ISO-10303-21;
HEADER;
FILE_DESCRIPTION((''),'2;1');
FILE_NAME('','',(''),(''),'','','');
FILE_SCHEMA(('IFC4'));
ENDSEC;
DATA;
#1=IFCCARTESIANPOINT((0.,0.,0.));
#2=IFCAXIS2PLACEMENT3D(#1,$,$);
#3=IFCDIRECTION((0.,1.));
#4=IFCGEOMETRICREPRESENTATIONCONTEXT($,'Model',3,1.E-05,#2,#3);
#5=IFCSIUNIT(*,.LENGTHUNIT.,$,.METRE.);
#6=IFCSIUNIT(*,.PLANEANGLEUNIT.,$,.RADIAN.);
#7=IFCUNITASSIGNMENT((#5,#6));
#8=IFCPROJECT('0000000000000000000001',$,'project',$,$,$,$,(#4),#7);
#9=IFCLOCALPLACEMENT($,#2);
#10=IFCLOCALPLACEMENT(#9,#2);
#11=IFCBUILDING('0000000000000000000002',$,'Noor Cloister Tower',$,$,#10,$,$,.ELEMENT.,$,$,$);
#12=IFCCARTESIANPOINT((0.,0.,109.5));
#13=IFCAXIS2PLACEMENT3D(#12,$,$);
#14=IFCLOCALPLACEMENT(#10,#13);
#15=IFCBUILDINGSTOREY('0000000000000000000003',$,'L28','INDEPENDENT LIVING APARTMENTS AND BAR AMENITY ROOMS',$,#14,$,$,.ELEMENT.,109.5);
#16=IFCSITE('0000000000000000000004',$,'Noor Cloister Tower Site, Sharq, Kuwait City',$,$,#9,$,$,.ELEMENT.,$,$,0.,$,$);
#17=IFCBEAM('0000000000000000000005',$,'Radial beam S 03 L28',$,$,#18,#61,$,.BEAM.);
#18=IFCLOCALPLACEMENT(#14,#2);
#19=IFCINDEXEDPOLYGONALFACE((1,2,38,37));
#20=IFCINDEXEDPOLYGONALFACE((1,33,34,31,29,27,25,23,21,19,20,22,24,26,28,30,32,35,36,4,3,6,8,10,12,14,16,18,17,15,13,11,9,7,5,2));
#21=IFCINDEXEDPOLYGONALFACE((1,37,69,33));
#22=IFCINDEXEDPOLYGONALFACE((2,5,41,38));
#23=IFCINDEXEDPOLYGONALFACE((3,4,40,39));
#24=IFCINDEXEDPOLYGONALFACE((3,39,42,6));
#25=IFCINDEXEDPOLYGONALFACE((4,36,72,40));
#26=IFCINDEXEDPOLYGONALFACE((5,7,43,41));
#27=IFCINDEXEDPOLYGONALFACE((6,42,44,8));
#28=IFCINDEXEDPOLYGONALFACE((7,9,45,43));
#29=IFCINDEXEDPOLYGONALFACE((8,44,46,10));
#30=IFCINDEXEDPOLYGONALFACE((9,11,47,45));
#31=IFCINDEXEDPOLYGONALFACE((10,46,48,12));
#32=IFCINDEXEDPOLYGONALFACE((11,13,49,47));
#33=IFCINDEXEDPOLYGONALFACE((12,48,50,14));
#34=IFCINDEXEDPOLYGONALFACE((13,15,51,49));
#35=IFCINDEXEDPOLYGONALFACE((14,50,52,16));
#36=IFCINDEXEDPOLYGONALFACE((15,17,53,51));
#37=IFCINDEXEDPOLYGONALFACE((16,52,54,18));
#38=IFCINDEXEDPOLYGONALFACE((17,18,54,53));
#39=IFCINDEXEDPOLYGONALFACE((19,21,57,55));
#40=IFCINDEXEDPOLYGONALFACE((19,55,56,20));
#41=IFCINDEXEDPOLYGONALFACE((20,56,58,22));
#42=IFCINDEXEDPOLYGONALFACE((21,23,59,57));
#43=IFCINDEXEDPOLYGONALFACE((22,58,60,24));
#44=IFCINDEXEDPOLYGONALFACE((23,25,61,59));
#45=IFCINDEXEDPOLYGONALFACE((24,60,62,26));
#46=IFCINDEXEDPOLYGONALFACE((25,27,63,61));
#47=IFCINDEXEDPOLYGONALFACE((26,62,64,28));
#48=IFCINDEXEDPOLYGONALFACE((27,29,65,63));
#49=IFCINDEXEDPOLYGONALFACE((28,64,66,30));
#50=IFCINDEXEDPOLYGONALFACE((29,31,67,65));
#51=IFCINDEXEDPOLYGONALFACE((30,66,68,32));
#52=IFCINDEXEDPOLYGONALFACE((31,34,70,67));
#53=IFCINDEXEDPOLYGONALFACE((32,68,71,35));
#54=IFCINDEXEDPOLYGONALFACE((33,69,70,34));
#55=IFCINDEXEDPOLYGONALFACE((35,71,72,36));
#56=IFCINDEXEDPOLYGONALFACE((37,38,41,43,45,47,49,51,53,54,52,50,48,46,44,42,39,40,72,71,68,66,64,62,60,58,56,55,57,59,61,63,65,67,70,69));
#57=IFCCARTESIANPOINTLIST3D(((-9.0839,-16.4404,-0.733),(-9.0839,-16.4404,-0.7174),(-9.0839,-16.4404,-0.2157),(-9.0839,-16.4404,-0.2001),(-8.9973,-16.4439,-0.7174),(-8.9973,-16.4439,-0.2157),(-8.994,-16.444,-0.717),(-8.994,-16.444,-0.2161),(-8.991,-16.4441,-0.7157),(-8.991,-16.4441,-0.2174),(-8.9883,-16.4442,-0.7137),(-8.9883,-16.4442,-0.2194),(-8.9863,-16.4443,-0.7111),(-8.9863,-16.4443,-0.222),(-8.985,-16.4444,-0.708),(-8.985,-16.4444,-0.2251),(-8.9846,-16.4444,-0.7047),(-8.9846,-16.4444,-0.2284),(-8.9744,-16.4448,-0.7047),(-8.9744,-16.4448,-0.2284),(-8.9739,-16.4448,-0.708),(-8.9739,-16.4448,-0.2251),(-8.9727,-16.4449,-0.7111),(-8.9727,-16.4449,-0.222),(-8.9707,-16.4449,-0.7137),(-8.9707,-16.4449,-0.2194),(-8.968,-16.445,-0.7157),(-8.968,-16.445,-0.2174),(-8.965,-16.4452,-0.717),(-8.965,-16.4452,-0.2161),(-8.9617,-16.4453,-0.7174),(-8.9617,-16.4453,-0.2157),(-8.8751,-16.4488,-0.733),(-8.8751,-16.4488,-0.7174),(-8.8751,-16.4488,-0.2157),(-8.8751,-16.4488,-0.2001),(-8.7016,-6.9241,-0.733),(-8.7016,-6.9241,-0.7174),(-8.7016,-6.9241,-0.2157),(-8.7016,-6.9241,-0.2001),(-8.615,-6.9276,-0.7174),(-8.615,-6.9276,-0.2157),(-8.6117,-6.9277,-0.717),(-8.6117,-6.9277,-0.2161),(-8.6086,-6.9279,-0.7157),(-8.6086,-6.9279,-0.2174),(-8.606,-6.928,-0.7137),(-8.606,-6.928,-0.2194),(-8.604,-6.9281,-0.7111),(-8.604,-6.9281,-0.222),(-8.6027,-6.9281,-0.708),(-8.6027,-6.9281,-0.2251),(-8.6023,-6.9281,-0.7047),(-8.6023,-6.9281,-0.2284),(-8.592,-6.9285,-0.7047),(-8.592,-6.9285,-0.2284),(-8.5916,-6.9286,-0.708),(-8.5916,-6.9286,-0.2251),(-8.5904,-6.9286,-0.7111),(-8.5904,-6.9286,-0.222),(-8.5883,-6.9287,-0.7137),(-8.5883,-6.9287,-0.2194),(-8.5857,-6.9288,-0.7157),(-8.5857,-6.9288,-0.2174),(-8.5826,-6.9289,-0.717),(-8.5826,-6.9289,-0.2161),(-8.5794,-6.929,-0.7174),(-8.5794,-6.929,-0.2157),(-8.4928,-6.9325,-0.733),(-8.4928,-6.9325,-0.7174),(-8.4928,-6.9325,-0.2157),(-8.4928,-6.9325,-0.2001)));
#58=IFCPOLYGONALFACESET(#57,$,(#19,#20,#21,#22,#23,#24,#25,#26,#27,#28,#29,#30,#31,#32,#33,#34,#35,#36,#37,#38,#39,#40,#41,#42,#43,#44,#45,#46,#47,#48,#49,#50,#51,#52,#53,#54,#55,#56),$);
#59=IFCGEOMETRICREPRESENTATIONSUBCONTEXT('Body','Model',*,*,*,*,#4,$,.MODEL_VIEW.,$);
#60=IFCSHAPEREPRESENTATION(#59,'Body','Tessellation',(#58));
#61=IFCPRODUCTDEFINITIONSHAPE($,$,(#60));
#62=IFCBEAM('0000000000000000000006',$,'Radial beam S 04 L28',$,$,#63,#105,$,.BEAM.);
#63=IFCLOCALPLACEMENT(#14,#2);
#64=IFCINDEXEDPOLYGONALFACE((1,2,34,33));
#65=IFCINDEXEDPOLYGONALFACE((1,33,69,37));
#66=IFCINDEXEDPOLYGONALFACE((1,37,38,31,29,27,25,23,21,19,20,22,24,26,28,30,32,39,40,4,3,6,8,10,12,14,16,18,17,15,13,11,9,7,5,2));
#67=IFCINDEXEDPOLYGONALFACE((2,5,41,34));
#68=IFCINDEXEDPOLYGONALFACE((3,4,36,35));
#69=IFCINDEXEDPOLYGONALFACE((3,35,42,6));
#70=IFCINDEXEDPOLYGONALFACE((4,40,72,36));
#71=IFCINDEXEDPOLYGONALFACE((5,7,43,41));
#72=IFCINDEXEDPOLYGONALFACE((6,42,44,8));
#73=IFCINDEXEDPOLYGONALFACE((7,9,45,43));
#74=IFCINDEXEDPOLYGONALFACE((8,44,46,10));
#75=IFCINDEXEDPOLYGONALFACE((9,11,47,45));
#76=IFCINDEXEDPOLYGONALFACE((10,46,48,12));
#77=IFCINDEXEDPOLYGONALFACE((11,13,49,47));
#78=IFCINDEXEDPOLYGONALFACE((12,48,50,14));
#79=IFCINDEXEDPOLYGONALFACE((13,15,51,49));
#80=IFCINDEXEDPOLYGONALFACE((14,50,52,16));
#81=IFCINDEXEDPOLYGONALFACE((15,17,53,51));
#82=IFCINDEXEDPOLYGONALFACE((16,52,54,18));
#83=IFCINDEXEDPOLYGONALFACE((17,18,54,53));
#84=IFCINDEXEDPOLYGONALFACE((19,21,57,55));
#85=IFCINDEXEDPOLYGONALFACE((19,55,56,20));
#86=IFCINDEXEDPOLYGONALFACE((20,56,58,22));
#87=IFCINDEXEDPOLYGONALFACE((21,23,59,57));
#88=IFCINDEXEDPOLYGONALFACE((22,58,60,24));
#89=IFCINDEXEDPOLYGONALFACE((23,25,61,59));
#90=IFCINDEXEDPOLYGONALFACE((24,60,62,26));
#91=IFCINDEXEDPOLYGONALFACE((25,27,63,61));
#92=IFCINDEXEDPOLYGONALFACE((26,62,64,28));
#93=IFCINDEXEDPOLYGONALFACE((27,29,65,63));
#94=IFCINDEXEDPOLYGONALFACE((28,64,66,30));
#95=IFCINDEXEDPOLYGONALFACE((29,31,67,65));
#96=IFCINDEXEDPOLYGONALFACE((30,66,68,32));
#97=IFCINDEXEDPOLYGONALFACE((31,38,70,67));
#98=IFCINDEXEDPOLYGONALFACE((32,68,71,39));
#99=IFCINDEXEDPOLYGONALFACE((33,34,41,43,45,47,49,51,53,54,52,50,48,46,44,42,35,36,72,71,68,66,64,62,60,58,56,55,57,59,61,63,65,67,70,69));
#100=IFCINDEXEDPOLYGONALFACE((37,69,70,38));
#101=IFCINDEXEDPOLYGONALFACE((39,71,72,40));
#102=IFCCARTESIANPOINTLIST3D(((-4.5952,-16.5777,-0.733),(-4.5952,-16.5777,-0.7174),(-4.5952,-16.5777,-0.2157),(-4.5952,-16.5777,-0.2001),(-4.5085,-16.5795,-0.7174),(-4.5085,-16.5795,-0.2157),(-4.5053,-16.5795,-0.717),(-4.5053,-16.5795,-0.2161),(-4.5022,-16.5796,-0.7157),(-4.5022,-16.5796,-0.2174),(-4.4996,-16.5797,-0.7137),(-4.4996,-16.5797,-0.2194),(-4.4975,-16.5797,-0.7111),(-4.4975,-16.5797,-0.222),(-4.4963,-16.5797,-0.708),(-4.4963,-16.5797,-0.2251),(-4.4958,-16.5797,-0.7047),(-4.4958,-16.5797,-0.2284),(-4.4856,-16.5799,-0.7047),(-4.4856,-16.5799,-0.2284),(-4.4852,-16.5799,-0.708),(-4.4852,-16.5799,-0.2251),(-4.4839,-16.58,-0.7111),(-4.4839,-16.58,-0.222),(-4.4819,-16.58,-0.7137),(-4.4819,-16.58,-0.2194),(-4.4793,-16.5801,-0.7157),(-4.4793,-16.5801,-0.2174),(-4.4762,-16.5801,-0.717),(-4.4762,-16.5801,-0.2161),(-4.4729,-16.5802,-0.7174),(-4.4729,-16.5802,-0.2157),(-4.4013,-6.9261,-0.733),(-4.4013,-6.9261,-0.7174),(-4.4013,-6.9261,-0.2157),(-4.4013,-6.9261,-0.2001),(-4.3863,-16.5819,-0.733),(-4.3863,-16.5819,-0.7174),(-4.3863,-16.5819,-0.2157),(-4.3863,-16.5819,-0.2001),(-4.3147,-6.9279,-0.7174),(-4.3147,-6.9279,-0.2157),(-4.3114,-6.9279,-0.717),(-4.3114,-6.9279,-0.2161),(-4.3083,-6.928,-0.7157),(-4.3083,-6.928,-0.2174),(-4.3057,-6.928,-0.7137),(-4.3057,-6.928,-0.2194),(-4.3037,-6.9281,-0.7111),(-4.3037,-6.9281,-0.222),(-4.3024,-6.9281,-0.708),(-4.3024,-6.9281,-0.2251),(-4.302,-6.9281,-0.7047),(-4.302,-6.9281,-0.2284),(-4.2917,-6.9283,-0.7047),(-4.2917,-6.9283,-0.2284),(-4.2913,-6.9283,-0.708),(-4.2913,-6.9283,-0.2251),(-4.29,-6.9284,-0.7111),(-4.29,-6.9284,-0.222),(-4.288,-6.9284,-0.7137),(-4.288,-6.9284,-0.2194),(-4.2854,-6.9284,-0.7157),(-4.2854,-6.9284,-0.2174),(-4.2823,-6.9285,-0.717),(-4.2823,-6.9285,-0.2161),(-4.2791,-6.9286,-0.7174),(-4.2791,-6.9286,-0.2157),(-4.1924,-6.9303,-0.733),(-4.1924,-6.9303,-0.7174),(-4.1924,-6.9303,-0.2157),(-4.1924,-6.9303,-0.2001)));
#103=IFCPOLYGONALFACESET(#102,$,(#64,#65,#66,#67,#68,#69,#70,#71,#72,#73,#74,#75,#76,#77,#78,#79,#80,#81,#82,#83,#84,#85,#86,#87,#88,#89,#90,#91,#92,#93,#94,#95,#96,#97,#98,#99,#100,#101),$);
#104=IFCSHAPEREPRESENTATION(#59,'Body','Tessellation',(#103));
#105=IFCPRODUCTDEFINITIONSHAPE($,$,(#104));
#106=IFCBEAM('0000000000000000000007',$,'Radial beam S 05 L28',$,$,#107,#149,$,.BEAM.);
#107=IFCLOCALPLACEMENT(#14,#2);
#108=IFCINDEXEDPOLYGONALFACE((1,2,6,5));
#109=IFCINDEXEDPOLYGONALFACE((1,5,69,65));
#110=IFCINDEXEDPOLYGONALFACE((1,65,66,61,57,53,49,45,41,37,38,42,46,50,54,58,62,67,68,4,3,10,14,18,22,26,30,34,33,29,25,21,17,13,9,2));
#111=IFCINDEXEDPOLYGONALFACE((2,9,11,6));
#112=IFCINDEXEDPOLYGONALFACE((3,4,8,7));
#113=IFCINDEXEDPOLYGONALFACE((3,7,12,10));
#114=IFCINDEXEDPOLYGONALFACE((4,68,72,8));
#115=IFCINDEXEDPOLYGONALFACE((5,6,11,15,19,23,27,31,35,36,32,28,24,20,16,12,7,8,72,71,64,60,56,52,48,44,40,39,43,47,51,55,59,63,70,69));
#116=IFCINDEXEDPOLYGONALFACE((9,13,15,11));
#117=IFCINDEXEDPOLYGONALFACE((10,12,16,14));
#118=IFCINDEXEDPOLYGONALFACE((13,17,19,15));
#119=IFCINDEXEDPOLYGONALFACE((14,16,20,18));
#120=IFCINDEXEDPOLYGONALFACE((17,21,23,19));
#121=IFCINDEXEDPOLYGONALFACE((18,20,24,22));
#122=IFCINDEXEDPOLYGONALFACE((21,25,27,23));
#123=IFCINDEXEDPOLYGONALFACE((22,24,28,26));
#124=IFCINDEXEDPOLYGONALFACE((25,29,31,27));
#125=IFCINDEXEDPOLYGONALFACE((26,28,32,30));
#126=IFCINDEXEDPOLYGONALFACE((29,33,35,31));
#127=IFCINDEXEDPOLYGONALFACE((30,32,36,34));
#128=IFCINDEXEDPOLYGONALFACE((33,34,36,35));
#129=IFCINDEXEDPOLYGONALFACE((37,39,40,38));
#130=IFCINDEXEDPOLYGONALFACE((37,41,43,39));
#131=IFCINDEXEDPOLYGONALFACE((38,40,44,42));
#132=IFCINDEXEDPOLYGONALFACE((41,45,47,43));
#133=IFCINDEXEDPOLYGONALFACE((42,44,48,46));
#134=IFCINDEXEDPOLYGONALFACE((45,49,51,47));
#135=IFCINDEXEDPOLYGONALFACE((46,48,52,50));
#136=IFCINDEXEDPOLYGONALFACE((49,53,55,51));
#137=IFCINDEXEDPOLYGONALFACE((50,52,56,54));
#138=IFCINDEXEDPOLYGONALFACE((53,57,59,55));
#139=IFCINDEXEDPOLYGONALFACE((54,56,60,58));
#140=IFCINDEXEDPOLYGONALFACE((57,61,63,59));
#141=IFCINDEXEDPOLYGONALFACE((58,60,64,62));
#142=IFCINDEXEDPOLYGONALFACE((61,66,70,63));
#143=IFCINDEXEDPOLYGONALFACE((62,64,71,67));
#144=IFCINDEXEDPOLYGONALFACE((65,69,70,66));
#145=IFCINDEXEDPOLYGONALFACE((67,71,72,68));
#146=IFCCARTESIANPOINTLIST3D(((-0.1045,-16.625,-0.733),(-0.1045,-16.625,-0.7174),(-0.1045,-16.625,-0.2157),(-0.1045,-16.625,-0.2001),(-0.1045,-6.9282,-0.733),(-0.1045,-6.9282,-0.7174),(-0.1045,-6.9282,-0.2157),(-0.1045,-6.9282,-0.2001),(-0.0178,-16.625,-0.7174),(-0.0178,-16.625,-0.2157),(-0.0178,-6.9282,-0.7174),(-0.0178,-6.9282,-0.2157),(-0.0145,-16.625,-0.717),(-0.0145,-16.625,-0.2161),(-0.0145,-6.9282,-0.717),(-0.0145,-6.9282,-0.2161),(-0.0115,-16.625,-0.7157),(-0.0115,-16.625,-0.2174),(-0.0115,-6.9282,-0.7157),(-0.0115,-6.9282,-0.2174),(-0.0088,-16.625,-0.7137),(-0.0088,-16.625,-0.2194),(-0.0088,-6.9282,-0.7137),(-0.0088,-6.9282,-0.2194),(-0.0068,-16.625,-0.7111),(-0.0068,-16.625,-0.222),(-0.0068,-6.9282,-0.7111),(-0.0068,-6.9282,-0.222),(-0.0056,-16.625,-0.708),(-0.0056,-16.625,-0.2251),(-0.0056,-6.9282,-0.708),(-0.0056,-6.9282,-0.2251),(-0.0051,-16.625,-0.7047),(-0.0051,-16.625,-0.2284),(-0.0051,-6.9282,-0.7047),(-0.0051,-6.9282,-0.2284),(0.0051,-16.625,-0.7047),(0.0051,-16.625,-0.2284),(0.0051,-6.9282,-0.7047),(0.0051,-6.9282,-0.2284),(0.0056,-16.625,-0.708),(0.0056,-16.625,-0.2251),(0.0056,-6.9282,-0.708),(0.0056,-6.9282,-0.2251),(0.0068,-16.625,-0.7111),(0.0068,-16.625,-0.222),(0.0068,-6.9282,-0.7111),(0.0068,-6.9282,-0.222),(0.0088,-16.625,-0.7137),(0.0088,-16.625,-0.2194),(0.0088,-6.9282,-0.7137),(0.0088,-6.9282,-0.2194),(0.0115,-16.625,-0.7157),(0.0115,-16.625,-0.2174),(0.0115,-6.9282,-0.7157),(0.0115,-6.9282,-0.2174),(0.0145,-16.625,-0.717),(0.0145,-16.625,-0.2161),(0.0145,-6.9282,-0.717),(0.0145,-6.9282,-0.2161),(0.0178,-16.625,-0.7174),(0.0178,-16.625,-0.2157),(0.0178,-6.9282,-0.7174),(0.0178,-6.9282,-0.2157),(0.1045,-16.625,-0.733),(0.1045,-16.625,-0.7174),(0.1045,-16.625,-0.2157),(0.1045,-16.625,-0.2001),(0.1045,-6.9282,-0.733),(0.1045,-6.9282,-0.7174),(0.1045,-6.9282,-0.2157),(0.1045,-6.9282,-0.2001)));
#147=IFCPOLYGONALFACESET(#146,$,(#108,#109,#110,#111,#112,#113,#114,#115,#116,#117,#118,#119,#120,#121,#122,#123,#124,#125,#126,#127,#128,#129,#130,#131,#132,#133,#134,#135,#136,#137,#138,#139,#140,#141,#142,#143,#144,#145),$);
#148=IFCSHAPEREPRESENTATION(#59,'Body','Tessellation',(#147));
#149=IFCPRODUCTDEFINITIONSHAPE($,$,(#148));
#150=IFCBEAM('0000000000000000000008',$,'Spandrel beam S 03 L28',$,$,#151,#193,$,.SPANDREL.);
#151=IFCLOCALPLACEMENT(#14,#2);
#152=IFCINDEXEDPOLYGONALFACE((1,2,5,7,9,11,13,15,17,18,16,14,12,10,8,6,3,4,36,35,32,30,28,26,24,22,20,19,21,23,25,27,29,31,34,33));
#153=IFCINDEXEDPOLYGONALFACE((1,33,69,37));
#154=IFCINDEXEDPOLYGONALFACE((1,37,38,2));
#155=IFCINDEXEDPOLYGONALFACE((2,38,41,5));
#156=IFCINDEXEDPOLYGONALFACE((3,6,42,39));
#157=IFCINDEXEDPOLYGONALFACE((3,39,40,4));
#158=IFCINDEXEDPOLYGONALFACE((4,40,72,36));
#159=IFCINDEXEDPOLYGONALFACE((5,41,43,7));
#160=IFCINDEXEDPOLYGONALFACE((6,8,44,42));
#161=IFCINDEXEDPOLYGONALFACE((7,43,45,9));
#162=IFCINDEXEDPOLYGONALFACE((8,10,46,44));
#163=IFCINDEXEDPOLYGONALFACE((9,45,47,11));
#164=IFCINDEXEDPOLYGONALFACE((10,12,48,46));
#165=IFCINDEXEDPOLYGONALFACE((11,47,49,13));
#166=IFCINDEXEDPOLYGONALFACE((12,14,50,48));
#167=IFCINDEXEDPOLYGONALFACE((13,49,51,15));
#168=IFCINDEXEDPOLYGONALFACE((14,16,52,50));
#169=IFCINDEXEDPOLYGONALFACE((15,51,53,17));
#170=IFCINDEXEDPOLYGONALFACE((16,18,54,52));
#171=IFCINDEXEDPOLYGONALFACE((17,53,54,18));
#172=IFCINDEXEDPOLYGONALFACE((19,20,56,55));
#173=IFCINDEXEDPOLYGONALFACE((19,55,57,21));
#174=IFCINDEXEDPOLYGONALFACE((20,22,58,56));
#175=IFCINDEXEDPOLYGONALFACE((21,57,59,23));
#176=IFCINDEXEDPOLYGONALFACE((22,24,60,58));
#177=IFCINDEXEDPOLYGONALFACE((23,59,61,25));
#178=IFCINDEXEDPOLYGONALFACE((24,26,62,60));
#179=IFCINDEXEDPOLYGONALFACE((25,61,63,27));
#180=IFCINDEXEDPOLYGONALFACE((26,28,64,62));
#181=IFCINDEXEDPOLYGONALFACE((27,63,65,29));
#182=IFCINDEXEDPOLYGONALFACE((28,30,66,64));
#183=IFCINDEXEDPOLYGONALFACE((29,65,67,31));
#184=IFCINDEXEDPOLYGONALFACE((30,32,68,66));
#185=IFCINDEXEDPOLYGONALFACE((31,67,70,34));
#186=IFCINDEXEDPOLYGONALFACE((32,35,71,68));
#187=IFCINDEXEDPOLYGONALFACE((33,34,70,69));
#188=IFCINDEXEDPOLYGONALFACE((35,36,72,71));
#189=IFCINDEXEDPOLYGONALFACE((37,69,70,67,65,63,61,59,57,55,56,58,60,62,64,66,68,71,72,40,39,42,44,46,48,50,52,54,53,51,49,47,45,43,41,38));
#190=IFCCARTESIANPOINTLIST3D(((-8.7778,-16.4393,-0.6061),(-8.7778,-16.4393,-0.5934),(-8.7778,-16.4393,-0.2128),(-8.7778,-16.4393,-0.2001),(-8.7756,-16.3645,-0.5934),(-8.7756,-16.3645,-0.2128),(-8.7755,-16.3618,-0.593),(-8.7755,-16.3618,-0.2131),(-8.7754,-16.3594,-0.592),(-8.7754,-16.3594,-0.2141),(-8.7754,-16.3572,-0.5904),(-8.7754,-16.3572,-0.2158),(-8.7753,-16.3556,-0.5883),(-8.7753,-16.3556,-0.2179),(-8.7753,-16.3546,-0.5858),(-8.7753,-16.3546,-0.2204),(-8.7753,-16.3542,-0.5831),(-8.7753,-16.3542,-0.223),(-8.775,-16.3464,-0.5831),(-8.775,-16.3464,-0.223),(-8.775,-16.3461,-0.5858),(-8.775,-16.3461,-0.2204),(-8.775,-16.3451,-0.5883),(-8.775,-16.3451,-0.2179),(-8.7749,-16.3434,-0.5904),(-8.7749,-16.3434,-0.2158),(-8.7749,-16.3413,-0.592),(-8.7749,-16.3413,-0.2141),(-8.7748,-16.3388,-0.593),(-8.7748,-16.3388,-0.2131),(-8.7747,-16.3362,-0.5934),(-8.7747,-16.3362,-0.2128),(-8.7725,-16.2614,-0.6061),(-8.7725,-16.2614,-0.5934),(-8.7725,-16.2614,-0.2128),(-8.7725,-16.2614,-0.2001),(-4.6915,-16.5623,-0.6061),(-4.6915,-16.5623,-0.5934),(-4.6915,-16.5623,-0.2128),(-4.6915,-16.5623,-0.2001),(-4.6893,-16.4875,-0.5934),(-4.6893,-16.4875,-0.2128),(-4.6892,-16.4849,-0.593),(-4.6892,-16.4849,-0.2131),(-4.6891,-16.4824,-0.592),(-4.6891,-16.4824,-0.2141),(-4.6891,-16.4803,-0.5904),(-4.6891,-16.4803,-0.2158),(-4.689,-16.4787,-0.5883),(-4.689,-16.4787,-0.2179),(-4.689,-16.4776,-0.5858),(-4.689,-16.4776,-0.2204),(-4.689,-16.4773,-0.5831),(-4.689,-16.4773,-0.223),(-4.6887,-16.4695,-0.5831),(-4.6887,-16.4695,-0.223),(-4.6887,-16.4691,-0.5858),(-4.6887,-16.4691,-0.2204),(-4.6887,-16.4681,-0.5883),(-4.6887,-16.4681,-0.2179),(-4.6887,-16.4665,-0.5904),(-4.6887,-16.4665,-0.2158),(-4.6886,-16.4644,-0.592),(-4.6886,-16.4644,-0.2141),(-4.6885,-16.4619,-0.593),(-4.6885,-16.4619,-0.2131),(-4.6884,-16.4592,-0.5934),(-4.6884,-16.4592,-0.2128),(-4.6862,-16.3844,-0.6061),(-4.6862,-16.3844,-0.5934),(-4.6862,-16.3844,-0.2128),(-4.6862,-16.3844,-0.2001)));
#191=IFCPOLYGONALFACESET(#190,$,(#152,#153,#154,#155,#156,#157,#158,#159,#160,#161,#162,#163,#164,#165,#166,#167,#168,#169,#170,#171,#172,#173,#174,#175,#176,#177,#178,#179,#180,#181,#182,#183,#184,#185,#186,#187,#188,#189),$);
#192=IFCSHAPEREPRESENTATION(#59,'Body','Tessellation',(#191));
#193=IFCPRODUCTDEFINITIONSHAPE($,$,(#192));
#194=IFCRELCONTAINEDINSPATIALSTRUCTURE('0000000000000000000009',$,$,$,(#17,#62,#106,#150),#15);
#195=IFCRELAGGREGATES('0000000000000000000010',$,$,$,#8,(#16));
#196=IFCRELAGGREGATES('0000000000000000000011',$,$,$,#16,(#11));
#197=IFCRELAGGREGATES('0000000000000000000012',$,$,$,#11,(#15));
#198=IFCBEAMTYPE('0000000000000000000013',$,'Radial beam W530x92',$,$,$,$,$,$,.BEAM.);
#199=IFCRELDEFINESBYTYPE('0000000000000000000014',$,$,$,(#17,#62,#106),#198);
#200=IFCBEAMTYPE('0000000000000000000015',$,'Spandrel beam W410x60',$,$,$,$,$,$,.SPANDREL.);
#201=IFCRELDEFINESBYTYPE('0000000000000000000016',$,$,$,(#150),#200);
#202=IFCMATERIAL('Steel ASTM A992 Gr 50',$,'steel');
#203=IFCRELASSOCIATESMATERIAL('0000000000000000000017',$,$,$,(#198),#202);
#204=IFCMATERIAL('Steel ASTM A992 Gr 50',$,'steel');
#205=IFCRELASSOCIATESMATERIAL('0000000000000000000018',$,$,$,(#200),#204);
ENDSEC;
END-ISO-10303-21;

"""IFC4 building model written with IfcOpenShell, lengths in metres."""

from ifc_helpers import new_model, si_unit, direction, frame, origin, origin_2d, place, context, subcontext, project, spatial, i_section, extrude, material, material_profile, profile_set, type_object, element, save


model = new_model("IFC4")

# Units and contexts
model_context = context("Model", 3, precision=1e-05, world=origin(), true_north=direction((0.0, 1.0)))
body_context = subcontext(model_context, "Body", "Model", "MODEL_VIEW")
ifc_project = project(units=[si_unit("LENGTHUNIT", "METRE"), si_unit("PLANEANGLEUNIT", "RADIAN")], contexts=[model_context])

# Site, building, storey
site_placement = place(None, origin())
site = spatial("IfcSite", under=ifc_project, at=site_placement, Name="Noor Cloister Tower Site, Sharq, Kuwait City", CompositionType="ELEMENT", RefElevation=0.0)
building_placement = place(site_placement, origin())
building = spatial("IfcBuilding", under=site, at=building_placement, Name="Noor Cloister Tower", CompositionType="ELEMENT")
storey_placement = place(building_placement, frame((0.0, 0.0, 109.5)))
storey = spatial("IfcBuildingStorey", under=building, at=storey_placement, Name="L28", Description="INDEPENDENT LIVING APARTMENTS AND BAR AMENITY ROOMS", CompositionType="ELEMENT", Elevation=109.5)

# Beams
ifc_material_1 = material(Name="Steel ASTM A992 Gr 50", Category="steel")
ifc_material_profile_1 = material_profile(ifc_material_1, i_section(OverallWidth=0.209, OverallDepth=0.533, WebThickness=0.0103, FlangeThickness=0.0156, FilletRadius=0.0127, at=origin_2d()), Name="W530x92")
ifc_profile_set_1 = profile_set([ifc_material_profile_1], Name="Steel ASTM A992 Gr 50")
beam_type_1 = type_object("IfcBeamType", Name="Radial beam W530x92", PredefinedType="BEAM", material=ifc_profile_set_1)
beam_1_placement = place(storey_placement, frame((-8.9795, -16.4446, -0.4666), z_axis=(0.040143, 0.999194, 0.0), x_axis=(-0.999194, 0.040143, 0.0)))
element("IfcBeam", 1, at=beam_1_placement, inside=storey, type_object=beam_type_1, Name="Radial beam S 03 L28", PredefinedType="BEAM", context=body_context, shape_type="SweptSolid", body=[
    extrude(i_section(OverallWidth=0.209, OverallDepth=0.533, WebThickness=0.0103, FlangeThickness=0.0156, FilletRadius=0.0127, at=origin_2d()), origin(), (0.0, 0.0, 1.0), 9.5239),
])
beam_2_placement = place(storey_placement, frame((-4.4907, -16.5798, -0.4666), z_axis=(0.02008, 0.999798, 0.0), x_axis=(-0.999798, 0.02008, 0.0)))
element("IfcBeam", 2, at=beam_2_placement, inside=storey, type_object=beam_type_1, Name="Radial beam S 04 L28", PredefinedType="BEAM", context=body_context, shape_type="SweptSolid", body=[
    extrude(i_section(OverallWidth=0.209, OverallDepth=0.533, WebThickness=0.0103, FlangeThickness=0.0156, FilletRadius=0.0127, at=origin_2d()), origin(), (0.0, 0.0, 1.0), 9.6536),
])
beam_3_placement = place(storey_placement, frame((0.0, -16.625, -0.4666), z_axis=(0.0, 1.0, 0.0), x_axis=(-1.0, 0.0, 0.0)))
element("IfcBeam", 3, at=beam_3_placement, inside=storey, type_object=beam_type_1, Name="Radial beam S 05 L28", PredefinedType="BEAM", context=body_context, shape_type="SweptSolid", body=[
    extrude(i_section(OverallWidth=0.209, OverallDepth=0.533, WebThickness=0.0103, FlangeThickness=0.0156, FilletRadius=0.0127, at=origin_2d()), origin(), (0.0, 0.0, 1.0), 9.6968),
])
ifc_material_2 = material(Name="Steel ASTM A992 Gr 50", Category="steel")
ifc_material_profile_2 = material_profile(ifc_material_2, i_section(OverallWidth=0.178, OverallDepth=0.406, WebThickness=0.0078, FlangeThickness=0.0127, FilletRadius=0.0103, at=origin_2d()), Name="W410x60")
ifc_profile_set_2 = profile_set([ifc_material_profile_2], Name="Steel ASTM A992 Gr 50")
beam_type_2 = type_object("IfcBeamType", Name="Spandrel beam W410x60", PredefinedType="SPANDREL", material=ifc_profile_set_2)
beam_4_placement = place(storey_placement, frame((-8.7751, -16.3503, -0.4031), z_axis=(0.999547, -0.030099, 0.0), x_axis=(0.030099, 0.999547, 0.0)))
element("IfcBeam", 4, at=beam_4_placement, inside=storey, type_object=beam_type_2, Name="Spandrel beam S 03 L28", PredefinedType="SPANDREL", context=body_context, shape_type="SweptSolid", body=[
    extrude(i_section(OverallWidth=0.178, OverallDepth=0.406, WebThickness=0.0078, FlangeThickness=0.0127, FilletRadius=0.0103, at=origin_2d()), origin(), (0.0, 0.0, 1.0), 4.0881),
])

save(model, "model.ifc")
